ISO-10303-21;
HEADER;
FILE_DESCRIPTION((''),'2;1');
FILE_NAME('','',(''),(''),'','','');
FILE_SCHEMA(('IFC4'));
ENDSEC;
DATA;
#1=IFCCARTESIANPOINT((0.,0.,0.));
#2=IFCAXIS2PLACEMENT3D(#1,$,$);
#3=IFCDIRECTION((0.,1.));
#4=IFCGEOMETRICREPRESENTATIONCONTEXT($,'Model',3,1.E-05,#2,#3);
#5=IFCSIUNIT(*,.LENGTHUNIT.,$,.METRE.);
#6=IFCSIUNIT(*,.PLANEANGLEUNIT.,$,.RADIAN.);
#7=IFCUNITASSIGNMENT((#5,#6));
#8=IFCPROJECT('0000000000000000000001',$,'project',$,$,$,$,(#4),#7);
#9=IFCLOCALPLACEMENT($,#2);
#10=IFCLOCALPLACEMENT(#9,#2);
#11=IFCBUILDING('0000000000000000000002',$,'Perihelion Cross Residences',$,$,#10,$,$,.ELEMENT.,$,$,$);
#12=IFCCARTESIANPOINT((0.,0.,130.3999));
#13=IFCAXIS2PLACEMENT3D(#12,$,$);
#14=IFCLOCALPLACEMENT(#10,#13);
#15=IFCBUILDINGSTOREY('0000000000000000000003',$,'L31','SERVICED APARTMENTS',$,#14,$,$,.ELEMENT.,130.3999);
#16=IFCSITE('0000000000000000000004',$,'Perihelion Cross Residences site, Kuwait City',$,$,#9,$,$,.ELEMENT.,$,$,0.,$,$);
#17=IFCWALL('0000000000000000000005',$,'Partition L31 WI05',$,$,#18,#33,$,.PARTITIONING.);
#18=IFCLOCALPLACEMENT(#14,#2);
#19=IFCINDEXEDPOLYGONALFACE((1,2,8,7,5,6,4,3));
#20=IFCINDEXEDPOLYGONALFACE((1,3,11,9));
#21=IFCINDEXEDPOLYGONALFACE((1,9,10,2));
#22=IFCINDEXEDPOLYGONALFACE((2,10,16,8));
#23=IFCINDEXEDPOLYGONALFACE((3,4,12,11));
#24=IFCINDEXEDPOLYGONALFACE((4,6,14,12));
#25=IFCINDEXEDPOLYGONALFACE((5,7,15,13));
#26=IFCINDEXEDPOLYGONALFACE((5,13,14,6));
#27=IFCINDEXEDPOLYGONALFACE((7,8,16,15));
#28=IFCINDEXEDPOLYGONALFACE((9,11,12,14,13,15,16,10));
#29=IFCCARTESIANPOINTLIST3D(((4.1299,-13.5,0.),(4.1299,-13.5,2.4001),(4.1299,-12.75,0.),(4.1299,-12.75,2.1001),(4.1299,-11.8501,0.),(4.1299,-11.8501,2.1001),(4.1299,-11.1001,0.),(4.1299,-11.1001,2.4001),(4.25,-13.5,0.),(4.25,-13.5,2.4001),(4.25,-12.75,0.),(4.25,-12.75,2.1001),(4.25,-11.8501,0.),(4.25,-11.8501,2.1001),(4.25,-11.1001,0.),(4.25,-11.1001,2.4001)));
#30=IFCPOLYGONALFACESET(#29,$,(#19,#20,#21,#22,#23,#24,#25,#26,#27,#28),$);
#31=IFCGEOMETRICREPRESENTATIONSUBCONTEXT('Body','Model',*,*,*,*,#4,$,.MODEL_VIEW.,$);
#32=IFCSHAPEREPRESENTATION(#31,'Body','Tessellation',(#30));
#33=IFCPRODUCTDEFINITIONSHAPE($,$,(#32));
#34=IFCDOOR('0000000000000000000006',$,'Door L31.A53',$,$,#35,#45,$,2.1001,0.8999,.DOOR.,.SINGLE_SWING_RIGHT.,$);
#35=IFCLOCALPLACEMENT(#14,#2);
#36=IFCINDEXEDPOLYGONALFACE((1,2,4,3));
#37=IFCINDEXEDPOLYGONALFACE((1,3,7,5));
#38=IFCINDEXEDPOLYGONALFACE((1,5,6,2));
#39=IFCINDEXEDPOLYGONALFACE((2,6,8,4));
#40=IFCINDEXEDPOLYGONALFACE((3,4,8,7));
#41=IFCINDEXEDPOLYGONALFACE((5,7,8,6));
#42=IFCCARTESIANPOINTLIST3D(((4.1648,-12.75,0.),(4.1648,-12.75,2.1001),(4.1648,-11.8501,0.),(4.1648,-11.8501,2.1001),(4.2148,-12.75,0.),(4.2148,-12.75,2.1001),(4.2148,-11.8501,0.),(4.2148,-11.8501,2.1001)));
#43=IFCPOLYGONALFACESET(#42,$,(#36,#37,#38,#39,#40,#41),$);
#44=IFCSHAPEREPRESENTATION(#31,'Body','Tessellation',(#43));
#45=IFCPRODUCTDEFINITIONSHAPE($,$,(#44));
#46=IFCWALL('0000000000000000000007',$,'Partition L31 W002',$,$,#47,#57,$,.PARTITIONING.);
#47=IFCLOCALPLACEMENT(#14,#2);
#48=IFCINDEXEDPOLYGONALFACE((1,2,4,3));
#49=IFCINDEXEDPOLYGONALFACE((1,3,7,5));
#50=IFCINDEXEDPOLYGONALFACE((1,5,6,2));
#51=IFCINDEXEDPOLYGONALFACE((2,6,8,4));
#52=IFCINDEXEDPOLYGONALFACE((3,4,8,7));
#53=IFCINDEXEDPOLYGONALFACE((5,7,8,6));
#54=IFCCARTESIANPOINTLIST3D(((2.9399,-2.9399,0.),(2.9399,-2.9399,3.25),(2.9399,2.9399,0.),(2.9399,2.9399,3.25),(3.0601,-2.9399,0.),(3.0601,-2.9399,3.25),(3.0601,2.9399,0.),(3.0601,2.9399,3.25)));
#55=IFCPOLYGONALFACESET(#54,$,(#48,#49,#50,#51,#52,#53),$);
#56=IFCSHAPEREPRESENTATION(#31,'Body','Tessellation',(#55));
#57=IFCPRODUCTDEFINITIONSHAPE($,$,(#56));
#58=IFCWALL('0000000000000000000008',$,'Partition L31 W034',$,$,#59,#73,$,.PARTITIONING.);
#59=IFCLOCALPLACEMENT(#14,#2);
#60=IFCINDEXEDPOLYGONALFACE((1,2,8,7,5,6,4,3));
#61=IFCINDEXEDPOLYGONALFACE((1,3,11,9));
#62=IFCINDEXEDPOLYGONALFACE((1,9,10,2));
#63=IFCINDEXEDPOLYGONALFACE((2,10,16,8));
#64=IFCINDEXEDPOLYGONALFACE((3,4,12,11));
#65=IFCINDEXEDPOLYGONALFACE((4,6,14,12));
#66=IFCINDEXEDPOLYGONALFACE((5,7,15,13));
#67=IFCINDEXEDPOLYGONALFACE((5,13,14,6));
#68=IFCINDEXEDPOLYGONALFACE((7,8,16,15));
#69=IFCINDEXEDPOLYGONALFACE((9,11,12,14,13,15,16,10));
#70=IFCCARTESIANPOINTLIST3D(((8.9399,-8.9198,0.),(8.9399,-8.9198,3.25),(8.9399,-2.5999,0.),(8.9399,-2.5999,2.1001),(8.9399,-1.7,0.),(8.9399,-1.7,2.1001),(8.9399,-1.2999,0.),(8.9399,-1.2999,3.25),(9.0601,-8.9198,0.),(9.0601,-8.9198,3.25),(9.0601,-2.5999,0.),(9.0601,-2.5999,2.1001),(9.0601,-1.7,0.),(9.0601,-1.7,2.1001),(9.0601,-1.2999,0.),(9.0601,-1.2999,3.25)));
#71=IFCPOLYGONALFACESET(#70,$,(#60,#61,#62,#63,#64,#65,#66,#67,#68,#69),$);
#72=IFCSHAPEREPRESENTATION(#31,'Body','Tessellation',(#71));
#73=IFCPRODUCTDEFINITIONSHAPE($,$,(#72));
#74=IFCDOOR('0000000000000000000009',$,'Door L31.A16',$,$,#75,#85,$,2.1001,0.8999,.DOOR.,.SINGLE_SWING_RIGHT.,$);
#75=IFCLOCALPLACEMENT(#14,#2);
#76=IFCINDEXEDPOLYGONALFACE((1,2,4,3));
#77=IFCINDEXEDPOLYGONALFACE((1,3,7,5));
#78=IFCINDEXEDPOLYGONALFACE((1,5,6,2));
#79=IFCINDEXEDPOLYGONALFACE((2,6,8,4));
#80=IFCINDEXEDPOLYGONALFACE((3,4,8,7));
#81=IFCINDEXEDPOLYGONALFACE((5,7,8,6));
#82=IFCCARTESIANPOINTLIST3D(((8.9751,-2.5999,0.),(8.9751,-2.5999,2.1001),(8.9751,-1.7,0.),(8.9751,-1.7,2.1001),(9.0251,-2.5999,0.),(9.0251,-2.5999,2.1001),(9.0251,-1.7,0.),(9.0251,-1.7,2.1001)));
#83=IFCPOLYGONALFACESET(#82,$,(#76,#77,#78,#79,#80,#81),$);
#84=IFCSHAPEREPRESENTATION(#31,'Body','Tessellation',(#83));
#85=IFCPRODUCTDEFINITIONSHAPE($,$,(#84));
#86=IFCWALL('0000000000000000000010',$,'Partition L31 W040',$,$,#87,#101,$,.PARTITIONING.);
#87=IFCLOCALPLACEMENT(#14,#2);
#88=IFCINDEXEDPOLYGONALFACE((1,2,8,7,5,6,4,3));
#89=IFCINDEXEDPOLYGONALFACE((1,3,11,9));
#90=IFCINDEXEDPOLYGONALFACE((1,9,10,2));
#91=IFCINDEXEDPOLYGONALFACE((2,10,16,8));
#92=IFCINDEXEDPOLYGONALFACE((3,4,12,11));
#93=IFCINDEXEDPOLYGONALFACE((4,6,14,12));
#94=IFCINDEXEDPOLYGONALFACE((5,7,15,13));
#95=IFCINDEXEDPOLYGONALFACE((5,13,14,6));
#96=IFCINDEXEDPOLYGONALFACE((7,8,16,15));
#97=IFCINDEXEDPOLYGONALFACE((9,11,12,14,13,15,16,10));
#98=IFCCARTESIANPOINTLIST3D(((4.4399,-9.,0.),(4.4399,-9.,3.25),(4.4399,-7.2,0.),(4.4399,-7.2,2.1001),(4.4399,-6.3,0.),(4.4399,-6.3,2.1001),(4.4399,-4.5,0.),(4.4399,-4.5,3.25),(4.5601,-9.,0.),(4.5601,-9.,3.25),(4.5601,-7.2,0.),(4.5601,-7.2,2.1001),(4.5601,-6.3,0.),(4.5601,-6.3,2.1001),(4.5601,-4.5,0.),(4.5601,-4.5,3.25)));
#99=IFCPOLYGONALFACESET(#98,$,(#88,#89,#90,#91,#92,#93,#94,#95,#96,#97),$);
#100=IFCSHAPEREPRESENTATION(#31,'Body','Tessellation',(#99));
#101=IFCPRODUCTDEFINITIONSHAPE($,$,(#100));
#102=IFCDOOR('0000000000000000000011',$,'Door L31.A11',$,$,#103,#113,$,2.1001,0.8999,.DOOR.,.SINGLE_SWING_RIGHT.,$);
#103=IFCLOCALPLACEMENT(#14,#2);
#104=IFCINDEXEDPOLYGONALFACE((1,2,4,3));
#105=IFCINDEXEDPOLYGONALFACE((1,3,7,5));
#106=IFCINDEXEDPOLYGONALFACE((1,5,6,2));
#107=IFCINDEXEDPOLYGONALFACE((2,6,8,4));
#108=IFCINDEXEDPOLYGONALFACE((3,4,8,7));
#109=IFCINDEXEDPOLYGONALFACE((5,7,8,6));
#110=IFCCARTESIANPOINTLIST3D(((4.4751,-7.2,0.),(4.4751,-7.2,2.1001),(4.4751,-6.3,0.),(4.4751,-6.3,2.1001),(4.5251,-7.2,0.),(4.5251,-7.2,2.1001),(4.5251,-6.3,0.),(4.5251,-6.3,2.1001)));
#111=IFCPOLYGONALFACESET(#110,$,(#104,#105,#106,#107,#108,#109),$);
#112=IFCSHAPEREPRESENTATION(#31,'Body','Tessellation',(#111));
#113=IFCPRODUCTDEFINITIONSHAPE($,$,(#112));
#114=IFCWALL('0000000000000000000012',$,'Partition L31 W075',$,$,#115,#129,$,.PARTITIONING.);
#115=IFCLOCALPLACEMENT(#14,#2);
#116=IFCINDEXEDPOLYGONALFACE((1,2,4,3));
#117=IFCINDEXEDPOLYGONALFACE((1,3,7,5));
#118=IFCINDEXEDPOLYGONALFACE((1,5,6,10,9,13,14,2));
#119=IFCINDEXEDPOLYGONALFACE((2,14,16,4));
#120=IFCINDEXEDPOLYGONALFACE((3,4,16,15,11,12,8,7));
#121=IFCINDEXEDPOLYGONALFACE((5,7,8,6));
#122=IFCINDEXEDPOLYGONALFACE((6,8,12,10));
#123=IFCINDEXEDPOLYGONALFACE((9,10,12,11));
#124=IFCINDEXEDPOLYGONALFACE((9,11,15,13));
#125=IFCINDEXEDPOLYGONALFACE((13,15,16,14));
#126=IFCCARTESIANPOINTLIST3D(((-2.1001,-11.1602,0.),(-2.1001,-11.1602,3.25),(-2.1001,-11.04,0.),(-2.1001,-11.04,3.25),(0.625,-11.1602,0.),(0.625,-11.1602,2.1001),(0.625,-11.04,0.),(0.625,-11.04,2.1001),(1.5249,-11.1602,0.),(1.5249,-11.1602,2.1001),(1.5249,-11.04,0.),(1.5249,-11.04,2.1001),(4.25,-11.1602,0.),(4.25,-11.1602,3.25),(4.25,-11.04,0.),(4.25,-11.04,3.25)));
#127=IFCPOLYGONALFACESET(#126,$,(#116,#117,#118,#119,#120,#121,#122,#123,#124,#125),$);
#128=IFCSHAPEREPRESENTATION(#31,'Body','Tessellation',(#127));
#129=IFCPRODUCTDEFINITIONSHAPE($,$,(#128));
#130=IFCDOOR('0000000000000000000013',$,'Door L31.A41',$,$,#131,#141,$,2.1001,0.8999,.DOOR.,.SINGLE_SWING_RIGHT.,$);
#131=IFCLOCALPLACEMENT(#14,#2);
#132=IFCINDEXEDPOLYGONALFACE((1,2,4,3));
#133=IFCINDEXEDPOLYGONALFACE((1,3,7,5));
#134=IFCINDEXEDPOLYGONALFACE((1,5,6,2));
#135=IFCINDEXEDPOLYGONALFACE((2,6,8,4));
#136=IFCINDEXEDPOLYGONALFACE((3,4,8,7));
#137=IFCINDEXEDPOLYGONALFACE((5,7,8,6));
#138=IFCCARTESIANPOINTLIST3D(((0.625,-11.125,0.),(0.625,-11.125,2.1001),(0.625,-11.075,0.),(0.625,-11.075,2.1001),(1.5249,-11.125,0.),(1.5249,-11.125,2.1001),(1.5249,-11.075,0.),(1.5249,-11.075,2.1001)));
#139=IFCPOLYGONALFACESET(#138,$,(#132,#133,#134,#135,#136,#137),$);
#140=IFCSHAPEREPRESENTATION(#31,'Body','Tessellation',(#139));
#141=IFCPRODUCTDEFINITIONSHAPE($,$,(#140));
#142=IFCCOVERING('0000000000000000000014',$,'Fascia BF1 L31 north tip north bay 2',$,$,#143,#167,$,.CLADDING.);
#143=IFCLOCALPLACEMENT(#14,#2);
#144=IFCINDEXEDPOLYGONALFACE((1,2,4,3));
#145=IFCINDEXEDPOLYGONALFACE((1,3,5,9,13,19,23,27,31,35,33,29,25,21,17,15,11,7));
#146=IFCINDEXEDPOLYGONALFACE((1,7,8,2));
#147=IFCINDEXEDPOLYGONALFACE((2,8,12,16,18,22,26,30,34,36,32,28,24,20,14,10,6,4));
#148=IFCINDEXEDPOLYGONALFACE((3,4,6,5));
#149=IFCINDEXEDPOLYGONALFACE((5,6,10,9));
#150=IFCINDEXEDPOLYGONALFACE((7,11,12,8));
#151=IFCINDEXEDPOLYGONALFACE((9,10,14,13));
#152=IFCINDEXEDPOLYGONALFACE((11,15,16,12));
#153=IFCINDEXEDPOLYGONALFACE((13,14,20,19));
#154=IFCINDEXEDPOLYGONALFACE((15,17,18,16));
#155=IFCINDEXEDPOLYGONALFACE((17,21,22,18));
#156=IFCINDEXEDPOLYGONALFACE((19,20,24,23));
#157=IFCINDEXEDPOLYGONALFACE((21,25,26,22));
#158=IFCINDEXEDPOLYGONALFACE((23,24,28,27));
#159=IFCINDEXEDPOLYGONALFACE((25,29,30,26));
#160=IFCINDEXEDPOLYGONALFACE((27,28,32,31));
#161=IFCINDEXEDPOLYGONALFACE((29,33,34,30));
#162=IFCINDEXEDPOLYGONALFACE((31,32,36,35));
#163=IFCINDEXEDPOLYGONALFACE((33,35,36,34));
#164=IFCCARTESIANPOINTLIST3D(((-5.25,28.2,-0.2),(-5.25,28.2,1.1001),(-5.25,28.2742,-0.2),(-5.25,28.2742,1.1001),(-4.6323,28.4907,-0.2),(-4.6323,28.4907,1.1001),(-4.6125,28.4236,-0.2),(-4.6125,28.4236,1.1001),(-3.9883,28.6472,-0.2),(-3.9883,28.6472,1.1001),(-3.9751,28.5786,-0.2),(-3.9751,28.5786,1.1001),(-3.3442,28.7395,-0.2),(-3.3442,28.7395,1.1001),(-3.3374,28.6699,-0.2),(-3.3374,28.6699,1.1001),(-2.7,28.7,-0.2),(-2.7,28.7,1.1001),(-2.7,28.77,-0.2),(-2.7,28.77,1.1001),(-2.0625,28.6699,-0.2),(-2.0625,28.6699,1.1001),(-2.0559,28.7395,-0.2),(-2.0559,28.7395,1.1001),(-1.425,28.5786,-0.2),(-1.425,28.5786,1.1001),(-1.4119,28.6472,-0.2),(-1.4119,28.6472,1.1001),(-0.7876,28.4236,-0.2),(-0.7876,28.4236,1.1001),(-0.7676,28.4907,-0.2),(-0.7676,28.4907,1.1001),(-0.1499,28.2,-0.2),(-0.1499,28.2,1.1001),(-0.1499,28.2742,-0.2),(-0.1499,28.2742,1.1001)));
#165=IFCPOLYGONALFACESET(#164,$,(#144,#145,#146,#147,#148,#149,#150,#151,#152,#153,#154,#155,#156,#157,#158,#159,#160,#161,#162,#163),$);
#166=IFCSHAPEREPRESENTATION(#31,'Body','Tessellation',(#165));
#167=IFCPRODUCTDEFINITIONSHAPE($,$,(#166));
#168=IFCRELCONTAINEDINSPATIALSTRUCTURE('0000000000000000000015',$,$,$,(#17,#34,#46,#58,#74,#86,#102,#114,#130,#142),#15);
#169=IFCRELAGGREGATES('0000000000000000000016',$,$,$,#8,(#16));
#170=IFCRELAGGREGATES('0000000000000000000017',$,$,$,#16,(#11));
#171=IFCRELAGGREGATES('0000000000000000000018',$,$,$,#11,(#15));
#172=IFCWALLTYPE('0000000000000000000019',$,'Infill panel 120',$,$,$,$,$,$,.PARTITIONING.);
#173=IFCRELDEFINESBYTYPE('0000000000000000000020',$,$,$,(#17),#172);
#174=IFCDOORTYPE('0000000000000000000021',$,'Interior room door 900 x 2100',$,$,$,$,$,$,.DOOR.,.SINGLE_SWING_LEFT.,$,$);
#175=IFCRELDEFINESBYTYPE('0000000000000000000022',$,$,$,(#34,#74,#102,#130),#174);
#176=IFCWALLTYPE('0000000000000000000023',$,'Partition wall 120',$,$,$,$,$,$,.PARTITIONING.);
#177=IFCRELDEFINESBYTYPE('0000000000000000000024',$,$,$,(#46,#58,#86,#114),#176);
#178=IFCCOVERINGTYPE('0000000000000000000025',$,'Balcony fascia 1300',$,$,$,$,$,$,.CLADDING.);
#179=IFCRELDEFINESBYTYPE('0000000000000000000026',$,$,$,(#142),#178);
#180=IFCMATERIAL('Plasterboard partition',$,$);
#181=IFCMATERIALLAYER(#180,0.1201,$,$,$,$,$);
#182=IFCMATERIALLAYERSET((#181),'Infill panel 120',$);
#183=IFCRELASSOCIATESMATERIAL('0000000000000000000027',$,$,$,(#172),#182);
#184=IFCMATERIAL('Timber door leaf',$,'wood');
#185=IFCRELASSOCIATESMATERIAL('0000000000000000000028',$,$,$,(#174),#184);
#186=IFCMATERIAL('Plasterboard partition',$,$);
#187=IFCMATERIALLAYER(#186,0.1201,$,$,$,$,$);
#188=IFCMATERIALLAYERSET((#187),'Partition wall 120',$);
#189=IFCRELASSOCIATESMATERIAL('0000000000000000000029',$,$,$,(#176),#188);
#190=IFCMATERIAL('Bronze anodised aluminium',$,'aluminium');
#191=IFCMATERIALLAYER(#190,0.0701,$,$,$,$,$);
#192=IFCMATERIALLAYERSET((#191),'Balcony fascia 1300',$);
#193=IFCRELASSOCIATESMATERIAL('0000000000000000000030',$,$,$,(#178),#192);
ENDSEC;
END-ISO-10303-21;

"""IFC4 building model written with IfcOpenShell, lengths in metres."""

from ifc_helpers import new_model, si_unit, direction, frame, frame_2d, origin, place, context, subcontext, project, spatial, polyline, rectangle, outline, extrude, material, layer, layer_set, type_object, element, fill, save


model = new_model("IFC4")

# Units and contexts
model_context = context("Model", 3, precision=1e-05, world=origin(), true_north=direction((0.0, 1.0)))
body_context = subcontext(model_context, "Body", "Model", "MODEL_VIEW")
ifc_project = project(units=[si_unit("LENGTHUNIT", "METRE"), si_unit("PLANEANGLEUNIT", "RADIAN")], contexts=[model_context])

# Site, building, storey
site_placement = place(None, origin())
site = spatial("IfcSite", under=ifc_project, at=site_placement, Name="Perihelion Cross Residences site, Kuwait City", CompositionType="ELEMENT", RefElevation=0.0)
building_placement = place(site_placement, origin())
building = spatial("IfcBuilding", under=site, at=building_placement, Name="Perihelion Cross Residences", CompositionType="ELEMENT")
storey_placement = place(building_placement, frame((0.0, 0.0, 130.3999)))
storey = spatial("IfcBuildingStorey", under=building, at=storey_placement, Name="L31", Description="SERVICED APARTMENTS", CompositionType="ELEMENT", Elevation=130.3999)

# Wall, opening, door
ifc_material_1 = material(Name="Plasterboard partition")
ifc_layer_1 = layer(ifc_material_1, 0.1201)
ifc_layer_set_1 = layer_set([ifc_layer_1], Name="Infill panel 120")
wall_type_1 = type_object("IfcWallType", Name="Infill panel 120", PredefinedType="PARTITIONING", material=ifc_layer_set_1)
wall_1_placement = place(storey_placement, frame((4.1899, -11.1001, 0.0), z_axis=(0.0, 0.0, 1.0), x_axis=(0.0, -1.0, 0.0)))
wall_1 = element("IfcWall", 1, at=wall_1_placement, inside=storey, type_object=wall_type_1, Name="Partition L31 WI05", PredefinedType="PARTITIONING", context=body_context, shape_type="SweptSolid", body=[
    extrude(rectangle(XDim=2.3999, YDim=0.1201, at=frame_2d((1.2, 0.0))), origin(), (0.0, 0.0, 1.0), 2.4001),
])
opening_1_placement = place(wall_1_placement, frame((0.75, 0.0, 0.0)))
opening_1 = element("IfcOpeningElement", 2, at=opening_1_placement, cuts=wall_1, PredefinedType="OPENING", context=body_context, shape_type="SweptSolid", body=[
    extrude(rectangle(XDim=0.8999, YDim=2.1001, at=frame_2d((0.45, 1.05))), frame((0.0, 0.0701, 0.0), z_axis=(0.0, -1.0, 0.0), x_axis=(1.0, 0.0, 0.0)), (0.0, 0.0, 1.0), 0.1401),
])
ifc_material_2 = material(Name="Timber door leaf", Category="wood")
door_type_1 = type_object("IfcDoorType", Name="Interior room door 900 x 2100", OperationType="SINGLE_SWING_LEFT", PredefinedType="DOOR", material=ifc_material_2)
door_1_placement = place(opening_1_placement, origin())
door_1 = element("IfcDoor", 3, at=door_1_placement, inside=storey, type_object=door_type_1, Name="Door L31.A53", OperationType="SINGLE_SWING_RIGHT", OverallHeight=2.1001, OverallWidth=0.8999, PredefinedType="DOOR", context=body_context, shape_type="SweptSolid", body=[
    extrude(rectangle(XDim=0.8999, YDim=2.1001, at=frame_2d((0.45, 1.05))), frame((0.0, 0.0249, 0.0), z_axis=(0.0, -1.0, 0.0), x_axis=(1.0, 0.0, 0.0)), (0.0, 0.0, 1.0), 0.05),
])
fill(opening_1, door_1)

# Wall
ifc_material_3 = material(Name="Plasterboard partition")
ifc_layer_2 = layer(ifc_material_3, 0.1201)
ifc_layer_set_2 = layer_set([ifc_layer_2], Name="Partition wall 120")
wall_type_2 = type_object("IfcWallType", Name="Partition wall 120", PredefinedType="PARTITIONING", material=ifc_layer_set_2)
wall_2_placement = place(storey_placement, frame((3.0, -2.9399, 0.0), z_axis=(0.0, 0.0, 1.0), x_axis=(0.0, 1.0, 0.0)))
element("IfcWall", 4, at=wall_2_placement, inside=storey, type_object=wall_type_2, Name="Partition L31 W002", PredefinedType="PARTITIONING", context=body_context, shape_type="SweptSolid", body=[
    extrude(rectangle(XDim=5.8799, YDim=0.1201, at=frame_2d((2.9399, 0.0))), origin(), (0.0, 0.0, 1.0), 3.25),
])

# Walls, openings, doors
wall_3_placement = place(storey_placement, frame((9.0, -8.9199, 0.0), z_axis=(0.0, 0.0, 1.0), x_axis=(0.0, 1.0, 0.0)))
wall_3 = element("IfcWall", 5, at=wall_3_placement, inside=storey, type_object=wall_type_2, Name="Partition L31 W034", PredefinedType="PARTITIONING", context=body_context, shape_type="SweptSolid", body=[
    extrude(rectangle(XDim=7.6199, YDim=0.1201, at=frame_2d((3.8101, 0.0))), origin(), (0.0, 0.0, 1.0), 3.25),
])
opening_2_placement = place(wall_3_placement, frame((6.3201, 0.0, 0.0)))
opening_2 = element("IfcOpeningElement", 6, at=opening_2_placement, cuts=wall_3, PredefinedType="OPENING", context=body_context, shape_type="SweptSolid", body=[
    extrude(rectangle(XDim=0.8999, YDim=2.1001, at=frame_2d((0.45, 1.05))), frame((0.0, 0.0701, 0.0), z_axis=(0.0, -1.0, 0.0), x_axis=(1.0, 0.0, 0.0)), (0.0, 0.0, 1.0), 0.1401),
])
door_2_placement = place(opening_2_placement, origin())
door_2 = element("IfcDoor", 7, at=door_2_placement, inside=storey, type_object=door_type_1, Name="Door L31.A16", OperationType="SINGLE_SWING_RIGHT", OverallHeight=2.1001, OverallWidth=0.8999, PredefinedType="DOOR", context=body_context, shape_type="SweptSolid", body=[
    extrude(rectangle(XDim=0.8999, YDim=2.1001, at=frame_2d((0.45, 1.05))), frame((0.0, 0.0249, 0.0), z_axis=(0.0, -1.0, 0.0), x_axis=(1.0, 0.0, 0.0)), (0.0, 0.0, 1.0), 0.05),
])
fill(opening_2, door_2)
wall_4_placement = place(storey_placement, frame((4.5, -9.0, 0.0), z_axis=(0.0, 0.0, 1.0), x_axis=(0.0, 1.0, 0.0)))
wall_4 = element("IfcWall", 8, at=wall_4_placement, inside=storey, type_object=wall_type_2, Name="Partition L31 W040", PredefinedType="PARTITIONING", context=body_context, shape_type="SweptSolid", body=[
    extrude(rectangle(XDim=4.5, YDim=0.1201, at=frame_2d((2.25, 0.0))), origin(), (0.0, 0.0, 1.0), 3.25),
])
opening_3_placement = place(wall_4_placement, frame((1.8, 0.0, 0.0)))
opening_3 = element("IfcOpeningElement", 9, at=opening_3_placement, cuts=wall_4, PredefinedType="OPENING", context=body_context, shape_type="SweptSolid", body=[
    extrude(rectangle(XDim=0.8999, YDim=2.1001, at=frame_2d((0.45, 1.05))), frame((0.0, 0.0701, 0.0), z_axis=(0.0, -1.0, 0.0), x_axis=(1.0, 0.0, 0.0)), (0.0, 0.0, 1.0), 0.1401),
])
door_3_placement = place(opening_3_placement, origin())
door_3 = element("IfcDoor", 10, at=door_3_placement, inside=storey, type_object=door_type_1, Name="Door L31.A11", OperationType="SINGLE_SWING_RIGHT", OverallHeight=2.1001, OverallWidth=0.8999, PredefinedType="DOOR", context=body_context, shape_type="SweptSolid", body=[
    extrude(rectangle(XDim=0.8999, YDim=2.1001, at=frame_2d((0.45, 1.05))), frame((0.0, 0.0249, 0.0), z_axis=(0.0, -1.0, 0.0), x_axis=(1.0, 0.0, 0.0)), (0.0, 0.0, 1.0), 0.05),
])
fill(opening_3, door_3)
wall_5_placement = place(storey_placement, frame((4.25, -11.1001, 0.0), z_axis=(0.0, 0.0, 1.0), x_axis=(-1.0, 0.0, 0.0)))
wall_5 = element("IfcWall", 11, at=wall_5_placement, inside=storey, type_object=wall_type_2, Name="Partition L31 W075", PredefinedType="PARTITIONING", context=body_context, shape_type="SweptSolid", body=[
    extrude(rectangle(XDim=6.3501, YDim=0.1201, at=frame_2d((3.175, 0.0))), origin(), (0.0, 0.0, 1.0), 3.25),
])
opening_4_placement = place(wall_5_placement, frame((2.7251, 0.0, 0.0)))
opening_4 = element("IfcOpeningElement", 12, at=opening_4_placement, cuts=wall_5, PredefinedType="OPENING", context=body_context, shape_type="SweptSolid", body=[
    extrude(rectangle(XDim=0.8999, YDim=2.1001, at=frame_2d((0.45, 1.05))), frame((0.0, 0.0701, 0.0), z_axis=(0.0, -1.0, 0.0), x_axis=(1.0, 0.0, 0.0)), (0.0, 0.0, 1.0), 0.1401),
])
door_4_placement = place(opening_4_placement, origin())
door_4 = element("IfcDoor", 13, at=door_4_placement, inside=storey, type_object=door_type_1, Name="Door L31.A41", OperationType="SINGLE_SWING_RIGHT", OverallHeight=2.1001, OverallWidth=0.8999, PredefinedType="DOOR", context=body_context, shape_type="SweptSolid", body=[
    extrude(rectangle(XDim=0.8999, YDim=2.1001, at=frame_2d((0.45, 1.05))), frame((0.0, 0.0249, 0.0), z_axis=(0.0, -1.0, 0.0), x_axis=(1.0, 0.0, 0.0)), (0.0, 0.0, 1.0), 0.05),
])
fill(opening_4, door_4)

# Covering
ifc_material_4 = material(Name="Bronze anodised aluminium", Category="aluminium")
ifc_layer_3 = layer(ifc_material_4, 0.0701)
ifc_layer_set_3 = layer_set([ifc_layer_3], Name="Balcony fascia 1300")
covering_type = type_object("IfcCoveringType", Name="Balcony fascia 1300", PredefinedType="CLADDING", material=ifc_layer_set_3)
covering_1_placement = place(storey_placement, frame((0.0, 0.0, -0.2)))
element("IfcCovering", 14, at=covering_1_placement, inside=storey, type_object=covering_type, Name="Fascia BF1 L31 north tip north bay 2", PredefinedType="CLADDING", context=body_context, shape_type="SweptSolid", body=[
    extrude(outline(polyline([(-0.7676, 28.4907), (-1.4119, 28.6472), (-2.0559, 28.7395), (-2.7, 28.77), (-3.3442, 28.7395), (-3.9883, 28.6472), (-4.6323, 28.4907), (-5.25, 28.2742), (-5.25, 28.2), (-4.6125, 28.4236), (-3.9751, 28.5786), (-3.3374, 28.6699), (-2.7, 28.7), (-2.0625, 28.6699), (-1.425, 28.5786), (-0.7876, 28.4236), (-0.1499, 28.2), (-0.1499, 28.2742), (-0.7676, 28.4907)])), origin(), (0.0, 0.0, 1.0), 1.3),
])

save(model, "model.ifc")
